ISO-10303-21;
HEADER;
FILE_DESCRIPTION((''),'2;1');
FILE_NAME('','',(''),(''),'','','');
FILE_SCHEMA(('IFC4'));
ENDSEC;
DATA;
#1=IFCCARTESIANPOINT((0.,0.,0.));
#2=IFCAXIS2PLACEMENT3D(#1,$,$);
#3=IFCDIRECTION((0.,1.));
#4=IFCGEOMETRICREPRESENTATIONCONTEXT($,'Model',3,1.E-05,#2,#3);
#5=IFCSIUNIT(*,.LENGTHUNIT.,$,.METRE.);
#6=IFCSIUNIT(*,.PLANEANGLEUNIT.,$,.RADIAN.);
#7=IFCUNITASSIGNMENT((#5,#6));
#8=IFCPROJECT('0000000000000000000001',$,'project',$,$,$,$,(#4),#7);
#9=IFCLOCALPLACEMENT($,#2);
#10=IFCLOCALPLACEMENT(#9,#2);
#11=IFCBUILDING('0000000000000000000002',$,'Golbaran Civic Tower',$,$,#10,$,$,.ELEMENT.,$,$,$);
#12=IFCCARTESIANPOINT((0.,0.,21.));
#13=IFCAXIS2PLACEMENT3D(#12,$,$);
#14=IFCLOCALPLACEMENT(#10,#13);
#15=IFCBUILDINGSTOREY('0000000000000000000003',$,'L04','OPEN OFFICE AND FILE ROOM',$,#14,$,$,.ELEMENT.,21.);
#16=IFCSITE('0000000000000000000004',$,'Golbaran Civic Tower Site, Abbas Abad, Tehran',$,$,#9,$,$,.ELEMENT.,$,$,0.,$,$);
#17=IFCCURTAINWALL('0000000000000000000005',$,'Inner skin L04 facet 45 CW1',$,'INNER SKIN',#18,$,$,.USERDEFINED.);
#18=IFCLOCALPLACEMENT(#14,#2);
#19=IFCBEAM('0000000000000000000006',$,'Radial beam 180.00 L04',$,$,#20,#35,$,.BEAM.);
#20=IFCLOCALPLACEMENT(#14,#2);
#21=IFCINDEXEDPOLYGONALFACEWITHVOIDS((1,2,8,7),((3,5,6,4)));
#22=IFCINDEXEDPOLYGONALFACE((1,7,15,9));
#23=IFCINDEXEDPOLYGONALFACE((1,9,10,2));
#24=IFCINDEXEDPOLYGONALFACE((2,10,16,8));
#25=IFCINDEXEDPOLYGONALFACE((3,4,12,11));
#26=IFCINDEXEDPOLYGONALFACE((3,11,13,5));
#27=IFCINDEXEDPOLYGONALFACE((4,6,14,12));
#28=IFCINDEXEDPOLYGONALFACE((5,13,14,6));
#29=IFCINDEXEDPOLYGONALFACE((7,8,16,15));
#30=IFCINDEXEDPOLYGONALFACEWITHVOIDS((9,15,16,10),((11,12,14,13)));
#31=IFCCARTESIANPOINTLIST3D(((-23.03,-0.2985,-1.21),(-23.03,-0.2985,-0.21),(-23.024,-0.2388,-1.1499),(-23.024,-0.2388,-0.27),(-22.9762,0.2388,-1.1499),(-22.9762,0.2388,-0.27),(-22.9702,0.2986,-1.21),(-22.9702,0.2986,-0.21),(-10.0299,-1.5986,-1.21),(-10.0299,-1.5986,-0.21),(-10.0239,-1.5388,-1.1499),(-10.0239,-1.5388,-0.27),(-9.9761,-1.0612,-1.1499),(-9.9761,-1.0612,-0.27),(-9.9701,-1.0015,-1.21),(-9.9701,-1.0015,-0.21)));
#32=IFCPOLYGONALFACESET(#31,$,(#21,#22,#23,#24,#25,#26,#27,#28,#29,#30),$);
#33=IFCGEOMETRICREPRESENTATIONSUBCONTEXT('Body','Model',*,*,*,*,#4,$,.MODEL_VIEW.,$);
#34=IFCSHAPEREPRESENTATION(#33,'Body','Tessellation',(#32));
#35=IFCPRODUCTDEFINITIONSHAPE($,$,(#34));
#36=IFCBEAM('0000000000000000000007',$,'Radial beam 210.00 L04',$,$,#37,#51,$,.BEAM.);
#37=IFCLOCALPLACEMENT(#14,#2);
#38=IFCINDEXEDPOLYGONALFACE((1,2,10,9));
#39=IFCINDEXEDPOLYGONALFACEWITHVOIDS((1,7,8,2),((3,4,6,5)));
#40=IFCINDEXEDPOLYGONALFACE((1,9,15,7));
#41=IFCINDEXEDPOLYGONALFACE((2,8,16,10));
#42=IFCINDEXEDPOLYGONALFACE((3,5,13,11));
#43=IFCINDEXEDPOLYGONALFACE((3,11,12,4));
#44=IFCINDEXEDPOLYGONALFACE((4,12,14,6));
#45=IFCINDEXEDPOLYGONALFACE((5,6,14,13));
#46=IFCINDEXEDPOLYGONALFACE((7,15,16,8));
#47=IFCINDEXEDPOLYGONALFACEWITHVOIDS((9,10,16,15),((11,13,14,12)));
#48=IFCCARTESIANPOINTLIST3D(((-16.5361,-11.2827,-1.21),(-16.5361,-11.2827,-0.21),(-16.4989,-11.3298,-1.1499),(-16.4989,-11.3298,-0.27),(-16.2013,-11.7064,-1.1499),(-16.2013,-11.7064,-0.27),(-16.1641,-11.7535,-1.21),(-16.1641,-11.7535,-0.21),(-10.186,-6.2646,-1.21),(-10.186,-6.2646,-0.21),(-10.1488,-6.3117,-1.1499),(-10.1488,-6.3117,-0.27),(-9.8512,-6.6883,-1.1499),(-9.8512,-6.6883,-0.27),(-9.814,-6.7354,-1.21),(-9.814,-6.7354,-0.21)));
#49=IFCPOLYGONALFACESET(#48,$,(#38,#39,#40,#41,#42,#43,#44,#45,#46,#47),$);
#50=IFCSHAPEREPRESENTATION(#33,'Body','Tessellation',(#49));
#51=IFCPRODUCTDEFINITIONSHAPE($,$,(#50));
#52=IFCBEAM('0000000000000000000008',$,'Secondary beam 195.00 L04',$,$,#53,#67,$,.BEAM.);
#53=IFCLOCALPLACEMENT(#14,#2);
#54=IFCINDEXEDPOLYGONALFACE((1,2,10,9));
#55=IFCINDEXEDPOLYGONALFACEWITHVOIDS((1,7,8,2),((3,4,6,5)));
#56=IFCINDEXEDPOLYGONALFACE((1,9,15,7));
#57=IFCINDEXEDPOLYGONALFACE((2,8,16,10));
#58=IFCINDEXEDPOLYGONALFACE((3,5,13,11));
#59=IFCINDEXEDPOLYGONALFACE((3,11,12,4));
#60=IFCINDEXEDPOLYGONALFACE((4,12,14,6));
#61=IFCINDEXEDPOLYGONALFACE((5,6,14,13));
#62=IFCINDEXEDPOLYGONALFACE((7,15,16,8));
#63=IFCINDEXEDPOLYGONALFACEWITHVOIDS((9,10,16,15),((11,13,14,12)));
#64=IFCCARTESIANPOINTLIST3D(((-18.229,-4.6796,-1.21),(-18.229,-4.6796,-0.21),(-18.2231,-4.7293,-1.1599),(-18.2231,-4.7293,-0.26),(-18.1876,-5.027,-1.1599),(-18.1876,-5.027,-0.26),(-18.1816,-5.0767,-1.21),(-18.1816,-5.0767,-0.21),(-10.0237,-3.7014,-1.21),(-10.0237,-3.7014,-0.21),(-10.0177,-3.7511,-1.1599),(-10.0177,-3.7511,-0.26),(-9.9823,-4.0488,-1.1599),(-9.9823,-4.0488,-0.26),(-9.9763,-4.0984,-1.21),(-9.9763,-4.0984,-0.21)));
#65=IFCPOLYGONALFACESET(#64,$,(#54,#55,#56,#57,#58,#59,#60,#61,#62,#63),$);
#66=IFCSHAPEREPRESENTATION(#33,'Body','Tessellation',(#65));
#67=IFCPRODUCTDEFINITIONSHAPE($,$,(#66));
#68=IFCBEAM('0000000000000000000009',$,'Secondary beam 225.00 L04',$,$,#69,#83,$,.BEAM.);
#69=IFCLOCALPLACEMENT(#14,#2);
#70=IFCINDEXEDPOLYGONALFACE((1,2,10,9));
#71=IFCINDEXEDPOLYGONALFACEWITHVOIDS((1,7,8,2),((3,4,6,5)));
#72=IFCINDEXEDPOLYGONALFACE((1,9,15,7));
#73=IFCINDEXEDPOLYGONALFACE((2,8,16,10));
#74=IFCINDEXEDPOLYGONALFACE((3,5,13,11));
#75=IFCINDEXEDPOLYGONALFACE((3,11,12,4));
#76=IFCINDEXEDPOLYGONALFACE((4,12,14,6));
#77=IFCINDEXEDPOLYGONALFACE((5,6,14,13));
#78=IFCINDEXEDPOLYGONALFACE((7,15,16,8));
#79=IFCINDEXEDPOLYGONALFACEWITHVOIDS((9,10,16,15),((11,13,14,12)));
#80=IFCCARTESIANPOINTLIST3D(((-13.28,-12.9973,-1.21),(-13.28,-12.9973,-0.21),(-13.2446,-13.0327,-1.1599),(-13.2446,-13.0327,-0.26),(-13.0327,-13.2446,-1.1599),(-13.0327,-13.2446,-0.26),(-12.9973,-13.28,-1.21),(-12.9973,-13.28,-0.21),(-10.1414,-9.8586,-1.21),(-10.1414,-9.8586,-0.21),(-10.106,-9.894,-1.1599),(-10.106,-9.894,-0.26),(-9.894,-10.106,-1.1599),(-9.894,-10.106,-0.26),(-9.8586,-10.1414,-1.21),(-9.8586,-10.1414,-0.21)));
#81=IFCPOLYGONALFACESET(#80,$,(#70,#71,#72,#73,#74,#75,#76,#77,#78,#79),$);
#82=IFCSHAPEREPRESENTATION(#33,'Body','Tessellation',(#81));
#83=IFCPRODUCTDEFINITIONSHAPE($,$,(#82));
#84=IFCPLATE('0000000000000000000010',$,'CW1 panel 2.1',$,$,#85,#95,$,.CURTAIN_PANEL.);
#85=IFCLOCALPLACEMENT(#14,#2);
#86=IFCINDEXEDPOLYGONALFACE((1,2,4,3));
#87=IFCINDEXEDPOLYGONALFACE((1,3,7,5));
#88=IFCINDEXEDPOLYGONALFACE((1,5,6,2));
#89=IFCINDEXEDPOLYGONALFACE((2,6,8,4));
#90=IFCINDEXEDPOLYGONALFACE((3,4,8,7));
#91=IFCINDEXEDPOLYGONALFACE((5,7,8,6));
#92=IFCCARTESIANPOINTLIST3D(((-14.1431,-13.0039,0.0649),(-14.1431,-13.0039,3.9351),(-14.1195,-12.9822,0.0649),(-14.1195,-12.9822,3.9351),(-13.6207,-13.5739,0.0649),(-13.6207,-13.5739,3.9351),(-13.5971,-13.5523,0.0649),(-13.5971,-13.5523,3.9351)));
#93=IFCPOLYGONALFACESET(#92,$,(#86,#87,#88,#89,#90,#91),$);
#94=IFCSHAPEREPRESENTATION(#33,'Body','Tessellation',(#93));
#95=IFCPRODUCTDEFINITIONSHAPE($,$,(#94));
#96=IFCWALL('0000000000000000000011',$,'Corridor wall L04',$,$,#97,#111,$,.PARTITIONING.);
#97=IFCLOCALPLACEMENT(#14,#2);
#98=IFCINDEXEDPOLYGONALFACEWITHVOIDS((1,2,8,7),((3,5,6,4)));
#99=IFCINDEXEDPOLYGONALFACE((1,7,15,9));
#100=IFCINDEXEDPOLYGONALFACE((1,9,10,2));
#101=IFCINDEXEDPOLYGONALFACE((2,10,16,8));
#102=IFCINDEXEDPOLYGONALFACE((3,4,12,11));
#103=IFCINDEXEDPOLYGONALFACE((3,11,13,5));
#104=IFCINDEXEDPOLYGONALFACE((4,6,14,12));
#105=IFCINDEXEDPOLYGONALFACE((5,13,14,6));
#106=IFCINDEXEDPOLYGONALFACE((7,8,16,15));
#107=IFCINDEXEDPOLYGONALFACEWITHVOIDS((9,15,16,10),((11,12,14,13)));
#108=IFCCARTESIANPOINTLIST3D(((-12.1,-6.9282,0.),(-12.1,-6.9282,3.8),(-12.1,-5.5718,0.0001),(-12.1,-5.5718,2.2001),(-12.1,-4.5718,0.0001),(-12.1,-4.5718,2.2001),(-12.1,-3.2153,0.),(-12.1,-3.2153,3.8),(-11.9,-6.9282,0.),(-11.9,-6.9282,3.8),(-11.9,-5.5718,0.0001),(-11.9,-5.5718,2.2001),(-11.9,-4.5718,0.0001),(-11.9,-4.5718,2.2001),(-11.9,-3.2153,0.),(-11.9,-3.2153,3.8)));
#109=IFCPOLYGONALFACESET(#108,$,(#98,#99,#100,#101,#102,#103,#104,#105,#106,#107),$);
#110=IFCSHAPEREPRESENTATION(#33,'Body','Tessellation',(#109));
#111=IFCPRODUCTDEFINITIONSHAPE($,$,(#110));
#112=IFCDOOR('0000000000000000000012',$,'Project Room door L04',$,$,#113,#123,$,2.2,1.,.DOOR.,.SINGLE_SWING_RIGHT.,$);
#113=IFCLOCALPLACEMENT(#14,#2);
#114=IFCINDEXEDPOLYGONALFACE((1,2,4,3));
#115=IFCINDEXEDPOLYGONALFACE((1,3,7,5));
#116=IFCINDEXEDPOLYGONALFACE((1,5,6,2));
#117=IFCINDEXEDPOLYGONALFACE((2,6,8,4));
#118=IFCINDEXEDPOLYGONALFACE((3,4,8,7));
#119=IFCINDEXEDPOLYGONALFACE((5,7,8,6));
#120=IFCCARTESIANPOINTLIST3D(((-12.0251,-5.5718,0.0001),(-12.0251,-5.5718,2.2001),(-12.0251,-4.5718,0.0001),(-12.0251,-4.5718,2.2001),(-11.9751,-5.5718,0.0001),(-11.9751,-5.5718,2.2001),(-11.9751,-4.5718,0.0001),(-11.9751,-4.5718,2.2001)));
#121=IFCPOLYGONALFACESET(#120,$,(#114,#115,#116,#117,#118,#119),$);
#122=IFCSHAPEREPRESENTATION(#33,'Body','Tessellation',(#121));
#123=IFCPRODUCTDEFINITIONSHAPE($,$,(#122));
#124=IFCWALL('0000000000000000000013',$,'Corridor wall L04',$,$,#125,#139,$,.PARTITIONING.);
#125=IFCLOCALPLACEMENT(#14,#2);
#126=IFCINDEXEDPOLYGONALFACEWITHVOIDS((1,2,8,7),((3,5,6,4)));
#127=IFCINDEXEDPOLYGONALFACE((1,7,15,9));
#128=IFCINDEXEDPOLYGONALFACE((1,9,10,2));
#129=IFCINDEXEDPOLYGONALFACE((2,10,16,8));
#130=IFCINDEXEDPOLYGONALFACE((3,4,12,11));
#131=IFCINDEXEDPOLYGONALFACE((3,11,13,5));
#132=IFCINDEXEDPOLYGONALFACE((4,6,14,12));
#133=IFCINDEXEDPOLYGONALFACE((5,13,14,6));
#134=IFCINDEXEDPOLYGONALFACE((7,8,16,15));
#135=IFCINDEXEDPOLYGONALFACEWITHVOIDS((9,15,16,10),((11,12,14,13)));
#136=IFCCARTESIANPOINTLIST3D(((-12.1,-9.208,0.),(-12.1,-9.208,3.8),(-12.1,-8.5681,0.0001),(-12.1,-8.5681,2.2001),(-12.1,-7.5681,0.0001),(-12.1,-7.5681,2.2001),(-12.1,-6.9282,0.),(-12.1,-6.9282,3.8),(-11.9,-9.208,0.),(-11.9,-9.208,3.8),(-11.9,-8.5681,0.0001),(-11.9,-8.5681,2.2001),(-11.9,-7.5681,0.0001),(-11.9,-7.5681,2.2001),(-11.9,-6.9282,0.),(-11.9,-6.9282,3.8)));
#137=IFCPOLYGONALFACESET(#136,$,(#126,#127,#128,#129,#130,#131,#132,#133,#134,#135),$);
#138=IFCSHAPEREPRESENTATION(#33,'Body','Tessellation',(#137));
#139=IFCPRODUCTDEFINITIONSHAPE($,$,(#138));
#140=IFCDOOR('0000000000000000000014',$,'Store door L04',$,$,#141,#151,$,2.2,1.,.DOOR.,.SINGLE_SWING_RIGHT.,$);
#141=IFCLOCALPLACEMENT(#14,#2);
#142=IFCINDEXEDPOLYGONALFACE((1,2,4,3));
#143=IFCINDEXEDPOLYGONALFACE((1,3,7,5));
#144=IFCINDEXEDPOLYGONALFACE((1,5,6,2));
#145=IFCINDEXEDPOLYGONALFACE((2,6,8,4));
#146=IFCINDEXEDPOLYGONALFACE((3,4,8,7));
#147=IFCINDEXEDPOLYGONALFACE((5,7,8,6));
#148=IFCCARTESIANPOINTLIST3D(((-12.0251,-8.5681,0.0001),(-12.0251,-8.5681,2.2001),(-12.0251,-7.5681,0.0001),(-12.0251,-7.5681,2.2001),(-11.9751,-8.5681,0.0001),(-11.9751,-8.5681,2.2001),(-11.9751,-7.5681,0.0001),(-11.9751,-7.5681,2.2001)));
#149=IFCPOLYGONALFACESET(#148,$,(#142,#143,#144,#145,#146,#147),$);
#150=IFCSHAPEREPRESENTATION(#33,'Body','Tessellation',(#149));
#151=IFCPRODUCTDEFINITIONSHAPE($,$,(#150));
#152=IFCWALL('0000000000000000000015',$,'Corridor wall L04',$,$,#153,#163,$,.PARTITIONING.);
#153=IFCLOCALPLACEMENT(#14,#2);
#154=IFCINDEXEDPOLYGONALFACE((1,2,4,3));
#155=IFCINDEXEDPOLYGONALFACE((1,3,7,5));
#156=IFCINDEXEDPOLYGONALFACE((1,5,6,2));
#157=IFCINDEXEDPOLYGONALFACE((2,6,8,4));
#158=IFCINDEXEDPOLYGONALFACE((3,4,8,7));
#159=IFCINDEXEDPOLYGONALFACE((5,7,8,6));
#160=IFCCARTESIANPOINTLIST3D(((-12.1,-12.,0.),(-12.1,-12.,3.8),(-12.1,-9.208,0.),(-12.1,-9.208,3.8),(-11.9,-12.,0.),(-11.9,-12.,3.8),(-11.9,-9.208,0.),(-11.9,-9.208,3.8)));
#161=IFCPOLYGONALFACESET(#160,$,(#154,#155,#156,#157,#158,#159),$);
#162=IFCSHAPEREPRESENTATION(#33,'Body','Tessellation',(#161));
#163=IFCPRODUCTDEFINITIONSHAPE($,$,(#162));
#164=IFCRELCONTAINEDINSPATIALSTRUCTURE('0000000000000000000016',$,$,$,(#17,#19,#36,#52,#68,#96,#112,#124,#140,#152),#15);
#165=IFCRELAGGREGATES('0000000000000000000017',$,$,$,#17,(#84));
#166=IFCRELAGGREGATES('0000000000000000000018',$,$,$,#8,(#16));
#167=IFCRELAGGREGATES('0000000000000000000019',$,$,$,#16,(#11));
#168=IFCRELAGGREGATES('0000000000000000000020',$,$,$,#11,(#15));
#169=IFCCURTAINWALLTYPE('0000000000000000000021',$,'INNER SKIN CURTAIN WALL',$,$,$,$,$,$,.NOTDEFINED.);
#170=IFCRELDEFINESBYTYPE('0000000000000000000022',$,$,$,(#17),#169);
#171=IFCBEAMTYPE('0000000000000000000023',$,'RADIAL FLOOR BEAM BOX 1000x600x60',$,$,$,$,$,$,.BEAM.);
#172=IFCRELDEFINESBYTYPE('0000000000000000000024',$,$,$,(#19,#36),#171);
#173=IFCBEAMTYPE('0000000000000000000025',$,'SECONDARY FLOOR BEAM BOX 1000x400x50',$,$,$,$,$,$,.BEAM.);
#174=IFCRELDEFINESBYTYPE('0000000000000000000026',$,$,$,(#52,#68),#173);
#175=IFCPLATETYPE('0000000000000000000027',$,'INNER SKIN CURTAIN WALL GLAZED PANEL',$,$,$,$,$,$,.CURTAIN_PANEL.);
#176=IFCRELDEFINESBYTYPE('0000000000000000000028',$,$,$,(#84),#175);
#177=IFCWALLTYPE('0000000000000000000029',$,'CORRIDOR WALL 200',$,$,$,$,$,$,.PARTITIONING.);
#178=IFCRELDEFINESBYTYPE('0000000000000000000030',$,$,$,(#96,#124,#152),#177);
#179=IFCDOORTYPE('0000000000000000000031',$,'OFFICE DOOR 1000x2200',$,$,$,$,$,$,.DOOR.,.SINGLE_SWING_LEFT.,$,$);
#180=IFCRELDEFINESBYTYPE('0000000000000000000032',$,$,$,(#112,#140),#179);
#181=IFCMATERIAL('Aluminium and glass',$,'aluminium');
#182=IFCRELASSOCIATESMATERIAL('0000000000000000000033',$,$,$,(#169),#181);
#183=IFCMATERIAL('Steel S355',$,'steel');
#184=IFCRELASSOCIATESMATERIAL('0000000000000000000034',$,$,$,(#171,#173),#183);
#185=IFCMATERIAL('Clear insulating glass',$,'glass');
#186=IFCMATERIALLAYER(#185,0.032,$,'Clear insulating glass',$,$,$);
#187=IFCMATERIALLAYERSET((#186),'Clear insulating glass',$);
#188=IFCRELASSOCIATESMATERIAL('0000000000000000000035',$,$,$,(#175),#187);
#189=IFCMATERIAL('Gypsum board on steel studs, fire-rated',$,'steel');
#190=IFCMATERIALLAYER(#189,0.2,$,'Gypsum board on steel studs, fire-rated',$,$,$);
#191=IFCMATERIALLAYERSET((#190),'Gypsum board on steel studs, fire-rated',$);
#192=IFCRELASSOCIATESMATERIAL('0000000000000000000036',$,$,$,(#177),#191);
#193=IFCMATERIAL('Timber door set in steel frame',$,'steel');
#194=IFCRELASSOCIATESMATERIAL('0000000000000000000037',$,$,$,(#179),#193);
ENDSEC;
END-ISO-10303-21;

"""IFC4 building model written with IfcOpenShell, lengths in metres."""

from ifc_helpers import new_model, si_unit, direction, frame, frame_2d, origin, origin_2d, place, context, subcontext, project, spatial, rectangle, hollow_rectangle, extrude, material, layer, layer_set, material_profile, profile_set, type_object, element, fill, aggregate, save


model = new_model("IFC4")

# Units and contexts
model_context = context("Model", 3, precision=1e-05, world=origin(), true_north=direction((0.0, 1.0)))
body_context = subcontext(model_context, "Body", "Model", "MODEL_VIEW")
ifc_project = project(units=[si_unit("LENGTHUNIT", "METRE"), si_unit("PLANEANGLEUNIT", "RADIAN")], contexts=[model_context])

# Site, building, storey
site_placement = place(None, origin())
site = spatial("IfcSite", under=ifc_project, at=site_placement, Name="Golbaran Civic Tower Site, Abbas Abad, Tehran", CompositionType="ELEMENT", RefElevation=0.0)
building_placement = place(site_placement, origin())
building = spatial("IfcBuilding", under=site, at=building_placement, Name="Golbaran Civic Tower", CompositionType="ELEMENT")
storey_placement = place(building_placement, frame((0.0, 0.0, 21.0)))
storey = spatial("IfcBuildingStorey", under=building, at=storey_placement, Name="L04", Description="OPEN OFFICE AND FILE ROOM", CompositionType="ELEMENT", Elevation=21.0)

# Shared definitions
ifc_material_1 = material(Name="Steel S355", Category="steel")

# Curtain wall
ifc_material_2 = material(Name="Aluminium and glass", Category="aluminium")
curtain_wall_type = type_object("IfcCurtainWallType", Name="INNER SKIN CURTAIN WALL", PredefinedType="NOTDEFINED", material=ifc_material_2)
curtain_wall_placement = place(storey_placement, origin())
curtain_wall = element("IfcCurtainWall", 1, at=curtain_wall_placement, inside=storey, type_object=curtain_wall_type, Name="Inner skin L04 facet 45 CW1", ObjectType="INNER SKIN", PredefinedType="USERDEFINED")

# Beams
ifc_material_profile_1 = material_profile(ifc_material_1, hollow_rectangle(XDim=0.6001, YDim=1.0, WallThickness=0.0601, at=origin_2d()), Name="BOX 1000x600x60")
ifc_profile_set_1 = profile_set([ifc_material_profile_1], Name="Steel S355")
beam_type_1 = type_object("IfcBeamType", Name="RADIAL FLOOR BEAM BOX 1000x600x60", PredefinedType="BEAM", material=ifc_profile_set_1)
beam_1_placement = place(storey_placement, frame((-10.0, -1.3, -0.71), z_axis=(-0.995037, 0.099507, 0.0), x_axis=(-0.099507, -0.995037, 0.0)))
element("IfcBeam", 2, at=beam_1_placement, inside=storey, type_object=beam_type_1, Name="Radial beam 180.00 L04", PredefinedType="BEAM", context=body_context, shape_type="SweptSolid", body=[
    extrude(hollow_rectangle(XDim=0.6001, YDim=1.0, WallThickness=0.0601, at=origin_2d()), origin(), (0.0, 0.0, 1.0), 13.0649),
])
beam_2_placement = place(storey_placement, frame((-10.0, -6.5, -0.71), z_axis=(-0.784592, -0.620012, 0.0), x_axis=(0.620012, -0.784592, 0.0)))
element("IfcBeam", 3, at=beam_2_placement, inside=storey, type_object=beam_type_1, Name="Radial beam 210.00 L04", PredefinedType="BEAM", context=body_context, shape_type="SweptSolid", body=[
    extrude(hollow_rectangle(XDim=0.6001, YDim=1.0, WallThickness=0.0601, at=origin_2d()), origin(), (0.0, 0.0, 1.0), 8.0935),
])
ifc_material_profile_2 = material_profile(ifc_material_1, hollow_rectangle(XDim=0.3999, YDim=1.0, WallThickness=0.05, at=origin_2d()), Name="BOX 1000x400x50")
ifc_profile_set_2 = profile_set([ifc_material_profile_2], Name="Steel S355")
beam_type_2 = type_object("IfcBeamType", Name="SECONDARY FLOOR BEAM BOX 1000x400x50", PredefinedType="BEAM", material=ifc_profile_set_2)
beam_3_placement = place(storey_placement, frame((-10.0, -3.8999, -0.71), z_axis=(-0.992968, -0.118386, 0.0), x_axis=(0.118386, -0.992968, 0.0)))
element("IfcBeam", 4, at=beam_3_placement, inside=storey, type_object=beam_type_2, Name="Secondary beam 195.00 L04", PredefinedType="BEAM", context=body_context, shape_type="SweptSolid", body=[
    extrude(hollow_rectangle(XDim=0.3999, YDim=1.0, WallThickness=0.05, at=origin_2d()), origin(), (0.0, 0.0, 1.0), 8.2634),
])
beam_4_placement = place(storey_placement, frame((-10.0, -10.0, -0.71), z_axis=(-0.707107, -0.707107, 0.0), x_axis=(0.707107, -0.707107, 0.0)))
element("IfcBeam", 5, at=beam_4_placement, inside=storey, type_object=beam_type_2, Name="Secondary beam 225.00 L04", PredefinedType="BEAM", context=body_context, shape_type="SweptSolid", body=[
    extrude(hollow_rectangle(XDim=0.3999, YDim=1.0, WallThickness=0.05, at=origin_2d()), origin(), (0.0, 0.0, 1.0), 4.4387),
])

# Plate
ifc_material_3 = material(Name="Clear insulating glass", Category="glass")
ifc_layer_1 = layer(ifc_material_3, 0.032, Name="Clear insulating glass")
ifc_layer_set_1 = layer_set([ifc_layer_1], Name="Clear insulating glass")
plate_type = type_object("IfcPlateType", Name="INNER SKIN CURTAIN WALL GLAZED PANEL", PredefinedType="CURTAIN_PANEL", material=ifc_layer_set_1)
plate_placement = place(storey_placement, frame((-13.8701, -13.2781, 0.0649), z_axis=(0.0, 0.0, 1.0), x_axis=(0.67559, -0.737277, 0.0)))
plate = element("IfcPlate", 6, at=plate_placement, type_object=plate_type, Name="CW1 panel 2.1", PredefinedType="CURTAIN_PANEL", context=body_context, shape_type="SweptSolid", body=[
    extrude(rectangle(XDim=0.7732, YDim=0.032, at=origin_2d()), origin(), (0.0, 0.0, 1.0), 3.8701),
])
aggregate(curtain_wall, [plate])

# Walls, openings, doors
ifc_material_4 = material(Name="Gypsum board on steel studs, fire-rated", Category="steel")
ifc_layer_2 = layer(ifc_material_4, 0.2, Name="Gypsum board on steel studs, fire-rated")
ifc_layer_set_2 = layer_set([ifc_layer_2], Name="Gypsum board on steel studs, fire-rated")
wall_type_1 = type_object("IfcWallType", Name="CORRIDOR WALL 200", PredefinedType="PARTITIONING", material=ifc_layer_set_2)
wall_1_placement = place(storey_placement, frame((-12.0, -3.2153, 0.0), z_axis=(0.0, 0.0, 1.0), x_axis=(0.0, -1.0, 0.0)))
wall_1 = element("IfcWall", 7, at=wall_1_placement, inside=storey, type_object=wall_type_1, Name="Corridor wall L04", PredefinedType="PARTITIONING", context=body_context, shape_type="SweptSolid", body=[
    extrude(rectangle(XDim=3.7129, YDim=0.2, at=frame_2d((1.8564, 0.0))), origin(), (0.0, 0.0, 1.0), 3.8),
])
opening_1_placement = place(wall_1_placement, frame((1.3564, 0.0, 0.0)))
opening_1 = element("IfcOpeningElement", 8, at=opening_1_placement, cuts=wall_1, PredefinedType="OPENING", context=body_context, shape_type="SweptSolid", body=[
    extrude(rectangle(XDim=1.0, YDim=2.2, at=frame_2d((0.5, 1.1001))), frame((0.0, 0.1099, 0.0), z_axis=(0.0, -1.0, 0.0), x_axis=(1.0, 0.0, 0.0)), (0.0, 0.0, 1.0), 0.22),
])
ifc_material_5 = material(Name="Timber door set in steel frame", Category="steel")
door_type = type_object("IfcDoorType", Name="OFFICE DOOR 1000x2200", OperationType="SINGLE_SWING_LEFT", PredefinedType="DOOR", material=ifc_material_5)
door_1_placement = place(opening_1_placement, origin())
door_1 = element("IfcDoor", 9, at=door_1_placement, inside=storey, type_object=door_type, Name="Project Room door L04", OperationType="SINGLE_SWING_RIGHT", OverallHeight=2.2, OverallWidth=1.0, PredefinedType="DOOR", context=body_context, shape_type="SweptSolid", body=[
    extrude(rectangle(XDim=1.0, YDim=2.2, at=frame_2d((0.5, 1.1001))), frame((0.0, 0.0249, 0.0), z_axis=(0.0, -1.0, 0.0), x_axis=(1.0, 0.0, 0.0)), (0.0, 0.0, 1.0), 0.05),
])
fill(opening_1, door_1)
wall_2_placement = place(storey_placement, frame((-12.0, -6.9282, 0.0), z_axis=(0.0, 0.0, 1.0), x_axis=(0.0, -1.0, 0.0)))
wall_2 = element("IfcWall", 10, at=wall_2_placement, inside=storey, type_object=wall_type_1, Name="Corridor wall L04", PredefinedType="PARTITIONING", context=body_context, shape_type="SweptSolid", body=[
    extrude(rectangle(XDim=2.2798, YDim=0.2, at=frame_2d((1.1399, 0.0))), origin(), (0.0, 0.0, 1.0), 3.8),
])
opening_2_placement = place(wall_2_placement, frame((0.6399, 0.0, 0.0)))
opening_2 = element("IfcOpeningElement", 11, at=opening_2_placement, cuts=wall_2, PredefinedType="OPENING", context=body_context, shape_type="SweptSolid", body=[
    extrude(rectangle(XDim=1.0, YDim=2.2, at=frame_2d((0.5, 1.1001))), frame((0.0, 0.1099, 0.0), z_axis=(0.0, -1.0, 0.0), x_axis=(1.0, 0.0, 0.0)), (0.0, 0.0, 1.0), 0.22),
])
door_2_placement = place(opening_2_placement, origin())
door_2 = element("IfcDoor", 12, at=door_2_placement, inside=storey, type_object=door_type, Name="Store door L04", OperationType="SINGLE_SWING_RIGHT", OverallHeight=2.2, OverallWidth=1.0, PredefinedType="DOOR", context=body_context, shape_type="SweptSolid", body=[
    extrude(rectangle(XDim=1.0, YDim=2.2, at=frame_2d((0.5, 1.1001))), frame((0.0, 0.0249, 0.0), z_axis=(0.0, -1.0, 0.0), x_axis=(1.0, 0.0, 0.0)), (0.0, 0.0, 1.0), 0.05),
])
fill(opening_2, door_2)

# Wall
wall_3_placement = place(storey_placement, frame((-12.0, -9.208, 0.0), z_axis=(0.0, 0.0, 1.0), x_axis=(0.0, -1.0, 0.0)))
element("IfcWall", 13, at=wall_3_placement, inside=storey, type_object=wall_type_1, Name="Corridor wall L04", PredefinedType="PARTITIONING", context=body_context, shape_type="SweptSolid", body=[
    extrude(rectangle(XDim=2.792, YDim=0.2, at=frame_2d((1.396, 0.0))), origin(), (0.0, 0.0, 1.0), 3.8),
])

save(model, "model.ifc")
